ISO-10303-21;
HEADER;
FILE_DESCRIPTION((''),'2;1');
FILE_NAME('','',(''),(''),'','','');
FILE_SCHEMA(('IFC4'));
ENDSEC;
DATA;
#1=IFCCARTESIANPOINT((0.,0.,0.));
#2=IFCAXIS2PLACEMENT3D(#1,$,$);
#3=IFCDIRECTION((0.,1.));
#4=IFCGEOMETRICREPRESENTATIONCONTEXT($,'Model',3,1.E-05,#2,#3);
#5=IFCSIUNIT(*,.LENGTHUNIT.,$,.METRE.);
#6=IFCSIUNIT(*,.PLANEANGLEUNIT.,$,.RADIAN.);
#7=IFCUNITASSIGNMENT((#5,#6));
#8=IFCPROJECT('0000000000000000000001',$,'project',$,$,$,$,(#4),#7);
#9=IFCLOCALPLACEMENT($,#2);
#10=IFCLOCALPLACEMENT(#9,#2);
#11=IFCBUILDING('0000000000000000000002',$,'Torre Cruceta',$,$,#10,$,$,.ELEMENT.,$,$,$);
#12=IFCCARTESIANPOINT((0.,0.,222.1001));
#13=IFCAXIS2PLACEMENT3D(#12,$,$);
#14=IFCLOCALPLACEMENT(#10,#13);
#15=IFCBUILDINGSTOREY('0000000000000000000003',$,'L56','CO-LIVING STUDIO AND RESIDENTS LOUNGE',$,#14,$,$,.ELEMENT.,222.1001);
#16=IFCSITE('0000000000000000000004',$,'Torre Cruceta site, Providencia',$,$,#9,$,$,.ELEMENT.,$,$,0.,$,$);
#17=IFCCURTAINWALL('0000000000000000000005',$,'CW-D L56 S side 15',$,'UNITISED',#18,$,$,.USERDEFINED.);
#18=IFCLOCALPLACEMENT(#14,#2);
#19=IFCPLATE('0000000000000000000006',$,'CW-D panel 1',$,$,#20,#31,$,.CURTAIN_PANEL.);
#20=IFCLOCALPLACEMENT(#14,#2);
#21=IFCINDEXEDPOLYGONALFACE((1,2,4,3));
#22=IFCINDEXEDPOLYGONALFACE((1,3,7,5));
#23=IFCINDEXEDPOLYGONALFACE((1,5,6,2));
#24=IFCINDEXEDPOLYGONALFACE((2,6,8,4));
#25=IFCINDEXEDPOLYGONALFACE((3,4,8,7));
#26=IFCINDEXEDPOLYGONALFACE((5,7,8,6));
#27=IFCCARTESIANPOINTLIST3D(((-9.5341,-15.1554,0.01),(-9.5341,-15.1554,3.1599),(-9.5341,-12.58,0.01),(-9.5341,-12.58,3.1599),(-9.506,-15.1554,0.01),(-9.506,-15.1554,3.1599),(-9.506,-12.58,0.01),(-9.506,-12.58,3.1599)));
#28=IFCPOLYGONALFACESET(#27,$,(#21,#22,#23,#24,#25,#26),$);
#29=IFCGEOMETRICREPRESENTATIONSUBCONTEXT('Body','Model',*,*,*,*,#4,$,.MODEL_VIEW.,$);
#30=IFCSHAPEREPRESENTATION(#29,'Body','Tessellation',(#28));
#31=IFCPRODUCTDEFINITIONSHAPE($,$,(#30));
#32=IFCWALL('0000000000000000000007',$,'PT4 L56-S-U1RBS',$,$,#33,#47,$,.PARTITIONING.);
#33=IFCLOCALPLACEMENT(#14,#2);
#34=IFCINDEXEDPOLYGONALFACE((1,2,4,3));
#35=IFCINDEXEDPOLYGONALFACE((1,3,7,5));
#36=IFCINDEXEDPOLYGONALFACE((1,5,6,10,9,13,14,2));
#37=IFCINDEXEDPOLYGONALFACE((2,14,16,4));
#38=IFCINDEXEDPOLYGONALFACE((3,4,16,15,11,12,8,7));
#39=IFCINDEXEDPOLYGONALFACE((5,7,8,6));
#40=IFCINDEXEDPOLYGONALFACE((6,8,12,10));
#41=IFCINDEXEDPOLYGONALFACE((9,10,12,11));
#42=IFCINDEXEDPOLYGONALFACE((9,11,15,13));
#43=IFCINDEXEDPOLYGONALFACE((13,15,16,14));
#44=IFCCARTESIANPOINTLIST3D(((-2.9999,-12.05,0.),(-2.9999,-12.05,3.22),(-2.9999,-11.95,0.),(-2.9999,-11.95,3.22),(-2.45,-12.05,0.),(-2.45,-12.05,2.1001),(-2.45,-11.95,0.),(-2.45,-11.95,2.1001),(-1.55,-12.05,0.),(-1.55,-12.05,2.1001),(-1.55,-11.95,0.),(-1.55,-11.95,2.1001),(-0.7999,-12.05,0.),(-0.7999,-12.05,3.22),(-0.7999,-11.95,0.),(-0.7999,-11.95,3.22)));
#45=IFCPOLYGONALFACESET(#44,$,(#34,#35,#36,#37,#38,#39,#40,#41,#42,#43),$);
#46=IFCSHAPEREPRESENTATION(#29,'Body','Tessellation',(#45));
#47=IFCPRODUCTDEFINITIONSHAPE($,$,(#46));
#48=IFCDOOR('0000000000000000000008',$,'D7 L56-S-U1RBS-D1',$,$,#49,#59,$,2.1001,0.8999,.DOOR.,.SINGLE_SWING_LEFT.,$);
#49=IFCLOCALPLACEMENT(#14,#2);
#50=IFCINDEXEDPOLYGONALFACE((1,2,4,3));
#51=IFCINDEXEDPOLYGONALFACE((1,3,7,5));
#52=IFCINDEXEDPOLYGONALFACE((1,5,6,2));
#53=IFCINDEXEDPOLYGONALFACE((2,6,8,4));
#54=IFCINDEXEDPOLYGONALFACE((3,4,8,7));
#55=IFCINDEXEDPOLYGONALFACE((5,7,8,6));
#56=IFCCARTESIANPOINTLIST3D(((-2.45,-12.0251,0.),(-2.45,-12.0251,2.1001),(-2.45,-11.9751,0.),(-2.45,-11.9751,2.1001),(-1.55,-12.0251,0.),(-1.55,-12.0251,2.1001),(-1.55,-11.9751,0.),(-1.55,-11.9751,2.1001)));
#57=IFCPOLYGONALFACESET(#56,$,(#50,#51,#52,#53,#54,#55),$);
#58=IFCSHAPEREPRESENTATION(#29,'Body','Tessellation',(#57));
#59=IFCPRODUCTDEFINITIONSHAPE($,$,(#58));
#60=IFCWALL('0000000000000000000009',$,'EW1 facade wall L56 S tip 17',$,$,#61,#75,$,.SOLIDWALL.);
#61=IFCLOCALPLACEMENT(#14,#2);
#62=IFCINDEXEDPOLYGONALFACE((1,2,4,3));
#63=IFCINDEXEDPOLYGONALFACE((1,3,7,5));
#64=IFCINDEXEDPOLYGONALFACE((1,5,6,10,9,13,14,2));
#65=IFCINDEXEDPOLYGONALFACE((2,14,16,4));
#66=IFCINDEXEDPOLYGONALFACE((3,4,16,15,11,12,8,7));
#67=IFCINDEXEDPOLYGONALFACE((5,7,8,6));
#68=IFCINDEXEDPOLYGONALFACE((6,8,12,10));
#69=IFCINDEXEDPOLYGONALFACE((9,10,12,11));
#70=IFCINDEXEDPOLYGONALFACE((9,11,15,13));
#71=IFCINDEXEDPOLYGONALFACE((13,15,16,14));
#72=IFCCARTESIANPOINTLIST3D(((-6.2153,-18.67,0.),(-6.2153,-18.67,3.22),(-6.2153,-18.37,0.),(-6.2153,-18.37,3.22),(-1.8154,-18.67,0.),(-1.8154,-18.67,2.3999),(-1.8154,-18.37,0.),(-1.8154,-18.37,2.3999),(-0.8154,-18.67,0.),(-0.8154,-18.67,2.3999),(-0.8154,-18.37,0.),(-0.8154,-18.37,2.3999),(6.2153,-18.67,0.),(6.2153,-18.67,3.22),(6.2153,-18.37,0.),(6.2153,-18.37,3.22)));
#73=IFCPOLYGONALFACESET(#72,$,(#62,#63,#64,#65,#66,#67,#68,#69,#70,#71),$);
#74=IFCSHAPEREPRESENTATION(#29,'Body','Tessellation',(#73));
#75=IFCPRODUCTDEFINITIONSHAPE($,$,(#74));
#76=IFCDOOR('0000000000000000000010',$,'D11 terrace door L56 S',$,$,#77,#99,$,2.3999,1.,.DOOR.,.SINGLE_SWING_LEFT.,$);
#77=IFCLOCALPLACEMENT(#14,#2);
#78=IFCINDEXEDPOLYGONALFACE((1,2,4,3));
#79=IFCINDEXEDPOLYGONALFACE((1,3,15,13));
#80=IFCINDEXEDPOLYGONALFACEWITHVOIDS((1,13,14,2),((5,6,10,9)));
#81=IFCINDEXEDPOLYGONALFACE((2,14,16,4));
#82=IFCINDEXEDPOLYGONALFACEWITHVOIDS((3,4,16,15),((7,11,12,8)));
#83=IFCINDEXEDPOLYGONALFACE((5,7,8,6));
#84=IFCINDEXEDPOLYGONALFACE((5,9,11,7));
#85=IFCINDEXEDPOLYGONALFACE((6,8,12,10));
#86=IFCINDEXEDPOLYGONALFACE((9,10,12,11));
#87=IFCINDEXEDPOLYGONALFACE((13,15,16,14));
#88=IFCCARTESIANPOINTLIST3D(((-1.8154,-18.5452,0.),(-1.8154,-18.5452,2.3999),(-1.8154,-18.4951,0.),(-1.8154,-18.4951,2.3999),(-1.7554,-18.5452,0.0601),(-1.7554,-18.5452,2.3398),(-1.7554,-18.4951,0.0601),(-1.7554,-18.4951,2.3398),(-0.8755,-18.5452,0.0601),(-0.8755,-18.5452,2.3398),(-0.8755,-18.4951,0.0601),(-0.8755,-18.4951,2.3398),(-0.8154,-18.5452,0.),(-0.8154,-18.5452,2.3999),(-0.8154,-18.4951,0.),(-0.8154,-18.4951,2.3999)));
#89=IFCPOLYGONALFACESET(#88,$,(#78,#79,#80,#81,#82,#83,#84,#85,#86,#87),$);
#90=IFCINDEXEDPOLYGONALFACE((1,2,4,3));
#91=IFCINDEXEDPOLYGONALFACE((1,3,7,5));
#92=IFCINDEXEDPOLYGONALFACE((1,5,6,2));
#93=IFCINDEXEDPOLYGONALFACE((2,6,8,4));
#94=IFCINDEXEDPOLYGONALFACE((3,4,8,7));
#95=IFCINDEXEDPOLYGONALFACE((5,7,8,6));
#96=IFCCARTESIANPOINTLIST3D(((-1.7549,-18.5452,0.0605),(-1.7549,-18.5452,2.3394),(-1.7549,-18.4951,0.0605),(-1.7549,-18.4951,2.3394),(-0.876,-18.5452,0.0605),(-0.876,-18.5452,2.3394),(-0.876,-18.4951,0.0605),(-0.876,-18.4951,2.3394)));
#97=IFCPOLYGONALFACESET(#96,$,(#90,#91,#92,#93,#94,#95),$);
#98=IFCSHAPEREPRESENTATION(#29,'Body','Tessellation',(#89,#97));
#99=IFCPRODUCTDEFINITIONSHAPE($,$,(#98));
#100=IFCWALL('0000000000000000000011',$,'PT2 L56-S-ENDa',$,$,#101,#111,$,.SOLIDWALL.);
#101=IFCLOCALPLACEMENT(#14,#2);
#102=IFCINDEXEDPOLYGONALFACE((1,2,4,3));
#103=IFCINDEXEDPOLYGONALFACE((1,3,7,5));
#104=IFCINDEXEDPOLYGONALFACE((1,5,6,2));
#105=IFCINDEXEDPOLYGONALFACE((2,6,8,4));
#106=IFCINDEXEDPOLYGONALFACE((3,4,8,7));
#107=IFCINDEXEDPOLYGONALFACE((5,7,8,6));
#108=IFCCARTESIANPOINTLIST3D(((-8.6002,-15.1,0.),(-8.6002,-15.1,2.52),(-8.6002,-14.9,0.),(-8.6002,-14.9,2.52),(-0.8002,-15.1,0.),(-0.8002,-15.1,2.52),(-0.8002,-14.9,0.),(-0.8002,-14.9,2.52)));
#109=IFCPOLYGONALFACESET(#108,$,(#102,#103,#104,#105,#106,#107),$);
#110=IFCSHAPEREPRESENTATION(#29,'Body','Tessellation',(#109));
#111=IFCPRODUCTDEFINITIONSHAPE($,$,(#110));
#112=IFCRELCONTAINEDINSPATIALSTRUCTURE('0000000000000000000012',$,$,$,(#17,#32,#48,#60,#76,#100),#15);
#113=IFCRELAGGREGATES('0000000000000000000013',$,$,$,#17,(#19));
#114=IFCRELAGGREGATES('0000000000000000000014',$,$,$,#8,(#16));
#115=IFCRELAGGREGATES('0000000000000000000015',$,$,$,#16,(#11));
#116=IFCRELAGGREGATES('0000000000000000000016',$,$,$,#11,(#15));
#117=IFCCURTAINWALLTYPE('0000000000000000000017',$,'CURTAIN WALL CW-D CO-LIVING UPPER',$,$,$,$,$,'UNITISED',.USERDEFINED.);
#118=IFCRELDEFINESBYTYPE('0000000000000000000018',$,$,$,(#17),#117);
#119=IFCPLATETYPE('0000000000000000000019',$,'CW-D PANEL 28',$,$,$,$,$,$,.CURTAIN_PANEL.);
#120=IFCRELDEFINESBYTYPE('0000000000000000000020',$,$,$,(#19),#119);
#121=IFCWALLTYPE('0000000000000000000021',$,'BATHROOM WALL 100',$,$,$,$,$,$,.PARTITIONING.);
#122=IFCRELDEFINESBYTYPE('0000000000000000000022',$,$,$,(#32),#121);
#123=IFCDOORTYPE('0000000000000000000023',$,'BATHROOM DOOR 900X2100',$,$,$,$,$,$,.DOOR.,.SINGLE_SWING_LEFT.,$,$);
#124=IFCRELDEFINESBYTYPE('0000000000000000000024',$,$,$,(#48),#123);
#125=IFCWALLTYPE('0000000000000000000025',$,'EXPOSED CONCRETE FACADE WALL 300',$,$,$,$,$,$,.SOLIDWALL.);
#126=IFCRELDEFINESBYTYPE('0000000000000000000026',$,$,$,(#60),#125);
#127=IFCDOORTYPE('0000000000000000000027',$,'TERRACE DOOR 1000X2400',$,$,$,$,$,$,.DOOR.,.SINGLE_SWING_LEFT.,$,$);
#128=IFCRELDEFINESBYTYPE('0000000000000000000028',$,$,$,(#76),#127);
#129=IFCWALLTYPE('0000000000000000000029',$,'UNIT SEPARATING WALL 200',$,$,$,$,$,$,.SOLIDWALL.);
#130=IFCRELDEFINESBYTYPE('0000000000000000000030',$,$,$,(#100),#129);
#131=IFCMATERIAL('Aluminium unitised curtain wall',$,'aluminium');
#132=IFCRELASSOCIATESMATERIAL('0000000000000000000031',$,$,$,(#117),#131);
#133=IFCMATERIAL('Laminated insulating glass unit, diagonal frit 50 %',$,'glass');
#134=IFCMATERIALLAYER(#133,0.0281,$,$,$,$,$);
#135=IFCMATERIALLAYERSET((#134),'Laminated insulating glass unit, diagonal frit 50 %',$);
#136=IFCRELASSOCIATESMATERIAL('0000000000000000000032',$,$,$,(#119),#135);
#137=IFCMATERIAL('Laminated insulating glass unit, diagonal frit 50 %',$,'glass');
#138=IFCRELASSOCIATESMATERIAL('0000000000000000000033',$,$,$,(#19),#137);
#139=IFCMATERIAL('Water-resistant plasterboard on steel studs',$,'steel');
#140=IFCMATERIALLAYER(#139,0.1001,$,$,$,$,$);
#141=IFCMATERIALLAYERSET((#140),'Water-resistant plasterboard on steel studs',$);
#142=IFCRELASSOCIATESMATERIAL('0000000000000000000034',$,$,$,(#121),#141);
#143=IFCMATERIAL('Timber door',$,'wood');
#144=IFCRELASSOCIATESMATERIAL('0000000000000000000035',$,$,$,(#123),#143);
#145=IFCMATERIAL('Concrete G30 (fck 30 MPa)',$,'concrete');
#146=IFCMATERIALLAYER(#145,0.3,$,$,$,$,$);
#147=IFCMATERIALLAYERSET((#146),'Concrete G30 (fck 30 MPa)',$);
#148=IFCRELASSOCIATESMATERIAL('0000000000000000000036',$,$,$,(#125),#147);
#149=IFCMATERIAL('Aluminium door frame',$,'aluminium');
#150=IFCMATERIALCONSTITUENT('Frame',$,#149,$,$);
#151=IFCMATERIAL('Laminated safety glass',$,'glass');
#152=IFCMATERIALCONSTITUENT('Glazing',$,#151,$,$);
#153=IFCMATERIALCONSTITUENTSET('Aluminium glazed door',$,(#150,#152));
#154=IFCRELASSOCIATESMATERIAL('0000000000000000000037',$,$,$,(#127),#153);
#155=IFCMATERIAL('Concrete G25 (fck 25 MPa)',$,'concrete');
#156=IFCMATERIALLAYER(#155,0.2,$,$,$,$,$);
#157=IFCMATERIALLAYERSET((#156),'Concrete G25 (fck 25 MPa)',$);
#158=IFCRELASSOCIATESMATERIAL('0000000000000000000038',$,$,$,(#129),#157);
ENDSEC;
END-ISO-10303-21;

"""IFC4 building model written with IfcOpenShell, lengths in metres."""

from ifc_helpers import new_model, si_unit, direction, frame, frame_2d, origin, origin_2d, place, context, subcontext, project, spatial, rectangle, hollow_rectangle, extrude, material, layer, layer_set, constituent, constituent_set, type_object, element, fill, aggregate, save


model = new_model("IFC4")

# Units and contexts
model_context = context("Model", 3, precision=1e-05, world=origin(), true_north=direction((0.0, 1.0)))
body_context = subcontext(model_context, "Body", "Model", "MODEL_VIEW")
ifc_project = project(units=[si_unit("LENGTHUNIT", "METRE"), si_unit("PLANEANGLEUNIT", "RADIAN")], contexts=[model_context])

# Site, building, storey
site_placement = place(None, origin())
site = spatial("IfcSite", under=ifc_project, at=site_placement, Name="Torre Cruceta site, Providencia", CompositionType="ELEMENT", RefElevation=0.0)
building_placement = place(site_placement, origin())
building = spatial("IfcBuilding", under=site, at=building_placement, Name="Torre Cruceta", CompositionType="ELEMENT")
storey_placement = place(building_placement, frame((0.0, 0.0, 222.1001)))
storey = spatial("IfcBuildingStorey", under=building, at=storey_placement, Name="L56", Description="CO-LIVING STUDIO AND RESIDENTS LOUNGE", CompositionType="ELEMENT", Elevation=222.1001)

# Shared definitions
ifc_material_1 = material(Name="Aluminium unitised curtain wall", Category="aluminium")
curtain_wall_type = type_object("IfcCurtainWallType", Name="CURTAIN WALL CW-D CO-LIVING UPPER", ElementType="UNITISED", PredefinedType="USERDEFINED", material=ifc_material_1)

# Curtain wall
curtain_wall_1_placement = place(storey_placement, origin())
curtain_wall_1 = element("IfcCurtainWall", 1, at=curtain_wall_1_placement, inside=storey, type_object=curtain_wall_type, Name="CW-D L56 S side 15", ObjectType="UNITISED", PredefinedType="USERDEFINED")

# Plate
ifc_material_2 = material(Name="Laminated insulating glass unit, diagonal frit 50 %", Category="glass")
ifc_material_3 = material(Name="Laminated insulating glass unit, diagonal frit 50 %", Category="glass")
ifc_layer_1 = layer(ifc_material_3, 0.0281)
ifc_layer_set_1 = layer_set([ifc_layer_1], Name="Laminated insulating glass unit, diagonal frit 50 %")
plate_type = type_object("IfcPlateType", Name="CW-D PANEL 28", PredefinedType="CURTAIN_PANEL", material=ifc_layer_set_1)
plate_1_placement = place(storey_placement, frame((-9.52, -13.8677, 0.01), z_axis=(0.0, 0.0, 1.0), x_axis=(0.0, -1.0, 0.0)))
plate_1 = element("IfcPlate", 2, at=plate_1_placement, type_object=plate_type, material=ifc_material_2, Name="CW-D panel 1", PredefinedType="CURTAIN_PANEL", context=body_context, shape_type="SweptSolid", body=[
    extrude(rectangle(XDim=2.5754, YDim=0.0281, at=origin_2d()), origin(), (0.0, 0.0, 1.0), 3.1499),
])
aggregate(curtain_wall_1, [plate_1])

# Walls, openings, doors
ifc_material_4 = material(Name="Water-resistant plasterboard on steel studs", Category="steel")
ifc_layer_2 = layer(ifc_material_4, 0.1001)
ifc_layer_set_2 = layer_set([ifc_layer_2], Name="Water-resistant plasterboard on steel studs")
wall_type_1 = type_object("IfcWallType", Name="BATHROOM WALL 100", PredefinedType="PARTITIONING", material=ifc_layer_set_2)
wall_1_placement = place(storey_placement, frame((-3.0, -12.0, 0.0), z_axis=(0.0, 0.0, 1.0), x_axis=(1.0, 0.0, 0.0)))
wall_1 = element("IfcWall", 3, at=wall_1_placement, inside=storey, type_object=wall_type_1, Name="PT4 L56-S-U1RBS", PredefinedType="PARTITIONING", context=body_context, shape_type="SweptSolid", body=[
    extrude(rectangle(XDim=2.2, YDim=0.1001, at=frame_2d((1.1001, 0.0))), origin(), (0.0, 0.0, 1.0), 3.22),
])
opening_1_placement = place(wall_1_placement, frame((0.55, 0.0, 0.0)))
opening_1 = element("IfcOpeningElement", 4, at=opening_1_placement, cuts=wall_1, PredefinedType="OPENING", context=body_context, shape_type="SweptSolid", body=[
    extrude(rectangle(XDim=0.8999, YDim=2.1001, at=frame_2d((0.45, 1.05))), frame((0.0, 0.0601, 0.0), z_axis=(0.0, -1.0, 0.0), x_axis=(1.0, 0.0, 0.0)), (0.0, 0.0, 1.0), 0.1201),
])
ifc_material_5 = material(Name="Timber door", Category="wood")
door_type_1 = type_object("IfcDoorType", Name="BATHROOM DOOR 900X2100", OperationType="SINGLE_SWING_LEFT", PredefinedType="DOOR", material=ifc_material_5)
door_1_placement = place(opening_1_placement, origin())
door_1 = element("IfcDoor", 5, at=door_1_placement, inside=storey, type_object=door_type_1, Name="D7 L56-S-U1RBS-D1", OperationType="SINGLE_SWING_LEFT", OverallHeight=2.1001, OverallWidth=0.8999, PredefinedType="DOOR", context=body_context, shape_type="SweptSolid", body=[
    extrude(rectangle(XDim=0.8999, YDim=2.1001, at=frame_2d((0.45, 1.05))), frame((0.0, 0.0249, 0.0), z_axis=(0.0, -1.0, 0.0), x_axis=(1.0, 0.0, 0.0)), (0.0, 0.0, 1.0), 0.05),
])
fill(opening_1, door_1)
ifc_material_6 = material(Name="Concrete G30 (fck 30 MPa)", Category="concrete")
ifc_layer_3 = layer(ifc_material_6, 0.3)
ifc_layer_set_3 = layer_set([ifc_layer_3], Name="Concrete G30 (fck 30 MPa)")
wall_type_2 = type_object("IfcWallType", Name="EXPOSED CONCRETE FACADE WALL 300", PredefinedType="SOLIDWALL", material=ifc_layer_set_3)
ifc_material_7 = material(Name="Aluminium door frame", Category="aluminium")
ifc_constituent_1 = constituent(ifc_material_7, Name="Frame")
ifc_material_8 = material(Name="Laminated safety glass", Category="glass")
ifc_constituent_2 = constituent(ifc_material_8, Name="Glazing")
ifc_constituent_set_1 = constituent_set(constituents=[ifc_constituent_1, ifc_constituent_2], Name="Aluminium glazed door")
door_type_2 = type_object("IfcDoorType", Name="TERRACE DOOR 1000X2400", OperationType="SINGLE_SWING_LEFT", PredefinedType="DOOR", material=ifc_constituent_set_1)
wall_2_placement = place(storey_placement, frame((-6.2153, -18.52, 0.0), z_axis=(0.0, 0.0, 1.0), x_axis=(1.0, 0.0, 0.0)))
wall_2 = element("IfcWall", 6, at=wall_2_placement, inside=storey, type_object=wall_type_2, Name="EW1 facade wall L56 S tip 17", PredefinedType="SOLIDWALL", context=body_context, shape_type="SweptSolid", body=[
    extrude(rectangle(XDim=12.4307, YDim=0.3, at=frame_2d((6.2153, 0.0))), origin(), (0.0, 0.0, 1.0), 3.22),
])
opening_2_placement = place(wall_2_placement, frame((4.3999, 0.0, 0.0)))
opening_2 = element("IfcOpeningElement", 7, at=opening_2_placement, cuts=wall_2, PredefinedType="OPENING", context=body_context, shape_type="SweptSolid", body=[
    extrude(rectangle(XDim=1.0, YDim=2.3999, at=frame_2d((0.5, 1.2))), frame((0.0, 0.1599, 0.0), z_axis=(0.0, -1.0, 0.0), x_axis=(1.0, 0.0, 0.0)), (0.0, 0.0, 1.0), 0.3201),
])
door_2_placement = place(opening_2_placement, origin())
door_2 = element("IfcDoor", 8, at=door_2_placement, inside=storey, type_object=door_type_2, Name="D11 terrace door L56 S", OperationType="SINGLE_SWING_LEFT", OverallHeight=2.3999, OverallWidth=1.0, PredefinedType="DOOR", context=body_context, shape_type="SweptSolid", body=[
    extrude(hollow_rectangle(XDim=1.0, YDim=2.3999, WallThickness=0.0601, at=frame_2d((0.5, 1.2))), frame((0.0, 0.0249, 0.0), z_axis=(0.0, -1.0, 0.0), x_axis=(1.0, 0.0, 0.0)), (0.0, 0.0, 1.0), 0.05),
    extrude(rectangle(XDim=0.8789, YDim=2.2788, at=frame_2d((0.5, 1.2))), frame((0.0, 0.0249, 0.0), z_axis=(0.0, -1.0, 0.0), x_axis=(1.0, 0.0, 0.0)), (0.0, 0.0, 1.0), 0.05),
])
fill(opening_2, door_2)

# Wall
ifc_material_9 = material(Name="Concrete G25 (fck 25 MPa)", Category="concrete")
ifc_layer_4 = layer(ifc_material_9, 0.2)
ifc_layer_set_4 = layer_set([ifc_layer_4], Name="Concrete G25 (fck 25 MPa)")
wall_type_3 = type_object("IfcWallType", Name="UNIT SEPARATING WALL 200", PredefinedType="SOLIDWALL", material=ifc_layer_set_4)
wall_3_placement = place(storey_placement, frame((-8.6001, -15.0, 0.0), z_axis=(0.0, 0.0, 1.0), x_axis=(1.0, 0.0, 0.0)))
element("IfcWall", 9, at=wall_3_placement, inside=storey, type_object=wall_type_3, Name="PT2 L56-S-ENDa", PredefinedType="SOLIDWALL", context=body_context, shape_type="SweptSolid", body=[
    extrude(rectangle(XDim=7.8, YDim=0.2, at=frame_2d((3.8999, 0.0))), origin(), (0.0, 0.0, 1.0), 2.52),
])

save(model, "model.ifc")
